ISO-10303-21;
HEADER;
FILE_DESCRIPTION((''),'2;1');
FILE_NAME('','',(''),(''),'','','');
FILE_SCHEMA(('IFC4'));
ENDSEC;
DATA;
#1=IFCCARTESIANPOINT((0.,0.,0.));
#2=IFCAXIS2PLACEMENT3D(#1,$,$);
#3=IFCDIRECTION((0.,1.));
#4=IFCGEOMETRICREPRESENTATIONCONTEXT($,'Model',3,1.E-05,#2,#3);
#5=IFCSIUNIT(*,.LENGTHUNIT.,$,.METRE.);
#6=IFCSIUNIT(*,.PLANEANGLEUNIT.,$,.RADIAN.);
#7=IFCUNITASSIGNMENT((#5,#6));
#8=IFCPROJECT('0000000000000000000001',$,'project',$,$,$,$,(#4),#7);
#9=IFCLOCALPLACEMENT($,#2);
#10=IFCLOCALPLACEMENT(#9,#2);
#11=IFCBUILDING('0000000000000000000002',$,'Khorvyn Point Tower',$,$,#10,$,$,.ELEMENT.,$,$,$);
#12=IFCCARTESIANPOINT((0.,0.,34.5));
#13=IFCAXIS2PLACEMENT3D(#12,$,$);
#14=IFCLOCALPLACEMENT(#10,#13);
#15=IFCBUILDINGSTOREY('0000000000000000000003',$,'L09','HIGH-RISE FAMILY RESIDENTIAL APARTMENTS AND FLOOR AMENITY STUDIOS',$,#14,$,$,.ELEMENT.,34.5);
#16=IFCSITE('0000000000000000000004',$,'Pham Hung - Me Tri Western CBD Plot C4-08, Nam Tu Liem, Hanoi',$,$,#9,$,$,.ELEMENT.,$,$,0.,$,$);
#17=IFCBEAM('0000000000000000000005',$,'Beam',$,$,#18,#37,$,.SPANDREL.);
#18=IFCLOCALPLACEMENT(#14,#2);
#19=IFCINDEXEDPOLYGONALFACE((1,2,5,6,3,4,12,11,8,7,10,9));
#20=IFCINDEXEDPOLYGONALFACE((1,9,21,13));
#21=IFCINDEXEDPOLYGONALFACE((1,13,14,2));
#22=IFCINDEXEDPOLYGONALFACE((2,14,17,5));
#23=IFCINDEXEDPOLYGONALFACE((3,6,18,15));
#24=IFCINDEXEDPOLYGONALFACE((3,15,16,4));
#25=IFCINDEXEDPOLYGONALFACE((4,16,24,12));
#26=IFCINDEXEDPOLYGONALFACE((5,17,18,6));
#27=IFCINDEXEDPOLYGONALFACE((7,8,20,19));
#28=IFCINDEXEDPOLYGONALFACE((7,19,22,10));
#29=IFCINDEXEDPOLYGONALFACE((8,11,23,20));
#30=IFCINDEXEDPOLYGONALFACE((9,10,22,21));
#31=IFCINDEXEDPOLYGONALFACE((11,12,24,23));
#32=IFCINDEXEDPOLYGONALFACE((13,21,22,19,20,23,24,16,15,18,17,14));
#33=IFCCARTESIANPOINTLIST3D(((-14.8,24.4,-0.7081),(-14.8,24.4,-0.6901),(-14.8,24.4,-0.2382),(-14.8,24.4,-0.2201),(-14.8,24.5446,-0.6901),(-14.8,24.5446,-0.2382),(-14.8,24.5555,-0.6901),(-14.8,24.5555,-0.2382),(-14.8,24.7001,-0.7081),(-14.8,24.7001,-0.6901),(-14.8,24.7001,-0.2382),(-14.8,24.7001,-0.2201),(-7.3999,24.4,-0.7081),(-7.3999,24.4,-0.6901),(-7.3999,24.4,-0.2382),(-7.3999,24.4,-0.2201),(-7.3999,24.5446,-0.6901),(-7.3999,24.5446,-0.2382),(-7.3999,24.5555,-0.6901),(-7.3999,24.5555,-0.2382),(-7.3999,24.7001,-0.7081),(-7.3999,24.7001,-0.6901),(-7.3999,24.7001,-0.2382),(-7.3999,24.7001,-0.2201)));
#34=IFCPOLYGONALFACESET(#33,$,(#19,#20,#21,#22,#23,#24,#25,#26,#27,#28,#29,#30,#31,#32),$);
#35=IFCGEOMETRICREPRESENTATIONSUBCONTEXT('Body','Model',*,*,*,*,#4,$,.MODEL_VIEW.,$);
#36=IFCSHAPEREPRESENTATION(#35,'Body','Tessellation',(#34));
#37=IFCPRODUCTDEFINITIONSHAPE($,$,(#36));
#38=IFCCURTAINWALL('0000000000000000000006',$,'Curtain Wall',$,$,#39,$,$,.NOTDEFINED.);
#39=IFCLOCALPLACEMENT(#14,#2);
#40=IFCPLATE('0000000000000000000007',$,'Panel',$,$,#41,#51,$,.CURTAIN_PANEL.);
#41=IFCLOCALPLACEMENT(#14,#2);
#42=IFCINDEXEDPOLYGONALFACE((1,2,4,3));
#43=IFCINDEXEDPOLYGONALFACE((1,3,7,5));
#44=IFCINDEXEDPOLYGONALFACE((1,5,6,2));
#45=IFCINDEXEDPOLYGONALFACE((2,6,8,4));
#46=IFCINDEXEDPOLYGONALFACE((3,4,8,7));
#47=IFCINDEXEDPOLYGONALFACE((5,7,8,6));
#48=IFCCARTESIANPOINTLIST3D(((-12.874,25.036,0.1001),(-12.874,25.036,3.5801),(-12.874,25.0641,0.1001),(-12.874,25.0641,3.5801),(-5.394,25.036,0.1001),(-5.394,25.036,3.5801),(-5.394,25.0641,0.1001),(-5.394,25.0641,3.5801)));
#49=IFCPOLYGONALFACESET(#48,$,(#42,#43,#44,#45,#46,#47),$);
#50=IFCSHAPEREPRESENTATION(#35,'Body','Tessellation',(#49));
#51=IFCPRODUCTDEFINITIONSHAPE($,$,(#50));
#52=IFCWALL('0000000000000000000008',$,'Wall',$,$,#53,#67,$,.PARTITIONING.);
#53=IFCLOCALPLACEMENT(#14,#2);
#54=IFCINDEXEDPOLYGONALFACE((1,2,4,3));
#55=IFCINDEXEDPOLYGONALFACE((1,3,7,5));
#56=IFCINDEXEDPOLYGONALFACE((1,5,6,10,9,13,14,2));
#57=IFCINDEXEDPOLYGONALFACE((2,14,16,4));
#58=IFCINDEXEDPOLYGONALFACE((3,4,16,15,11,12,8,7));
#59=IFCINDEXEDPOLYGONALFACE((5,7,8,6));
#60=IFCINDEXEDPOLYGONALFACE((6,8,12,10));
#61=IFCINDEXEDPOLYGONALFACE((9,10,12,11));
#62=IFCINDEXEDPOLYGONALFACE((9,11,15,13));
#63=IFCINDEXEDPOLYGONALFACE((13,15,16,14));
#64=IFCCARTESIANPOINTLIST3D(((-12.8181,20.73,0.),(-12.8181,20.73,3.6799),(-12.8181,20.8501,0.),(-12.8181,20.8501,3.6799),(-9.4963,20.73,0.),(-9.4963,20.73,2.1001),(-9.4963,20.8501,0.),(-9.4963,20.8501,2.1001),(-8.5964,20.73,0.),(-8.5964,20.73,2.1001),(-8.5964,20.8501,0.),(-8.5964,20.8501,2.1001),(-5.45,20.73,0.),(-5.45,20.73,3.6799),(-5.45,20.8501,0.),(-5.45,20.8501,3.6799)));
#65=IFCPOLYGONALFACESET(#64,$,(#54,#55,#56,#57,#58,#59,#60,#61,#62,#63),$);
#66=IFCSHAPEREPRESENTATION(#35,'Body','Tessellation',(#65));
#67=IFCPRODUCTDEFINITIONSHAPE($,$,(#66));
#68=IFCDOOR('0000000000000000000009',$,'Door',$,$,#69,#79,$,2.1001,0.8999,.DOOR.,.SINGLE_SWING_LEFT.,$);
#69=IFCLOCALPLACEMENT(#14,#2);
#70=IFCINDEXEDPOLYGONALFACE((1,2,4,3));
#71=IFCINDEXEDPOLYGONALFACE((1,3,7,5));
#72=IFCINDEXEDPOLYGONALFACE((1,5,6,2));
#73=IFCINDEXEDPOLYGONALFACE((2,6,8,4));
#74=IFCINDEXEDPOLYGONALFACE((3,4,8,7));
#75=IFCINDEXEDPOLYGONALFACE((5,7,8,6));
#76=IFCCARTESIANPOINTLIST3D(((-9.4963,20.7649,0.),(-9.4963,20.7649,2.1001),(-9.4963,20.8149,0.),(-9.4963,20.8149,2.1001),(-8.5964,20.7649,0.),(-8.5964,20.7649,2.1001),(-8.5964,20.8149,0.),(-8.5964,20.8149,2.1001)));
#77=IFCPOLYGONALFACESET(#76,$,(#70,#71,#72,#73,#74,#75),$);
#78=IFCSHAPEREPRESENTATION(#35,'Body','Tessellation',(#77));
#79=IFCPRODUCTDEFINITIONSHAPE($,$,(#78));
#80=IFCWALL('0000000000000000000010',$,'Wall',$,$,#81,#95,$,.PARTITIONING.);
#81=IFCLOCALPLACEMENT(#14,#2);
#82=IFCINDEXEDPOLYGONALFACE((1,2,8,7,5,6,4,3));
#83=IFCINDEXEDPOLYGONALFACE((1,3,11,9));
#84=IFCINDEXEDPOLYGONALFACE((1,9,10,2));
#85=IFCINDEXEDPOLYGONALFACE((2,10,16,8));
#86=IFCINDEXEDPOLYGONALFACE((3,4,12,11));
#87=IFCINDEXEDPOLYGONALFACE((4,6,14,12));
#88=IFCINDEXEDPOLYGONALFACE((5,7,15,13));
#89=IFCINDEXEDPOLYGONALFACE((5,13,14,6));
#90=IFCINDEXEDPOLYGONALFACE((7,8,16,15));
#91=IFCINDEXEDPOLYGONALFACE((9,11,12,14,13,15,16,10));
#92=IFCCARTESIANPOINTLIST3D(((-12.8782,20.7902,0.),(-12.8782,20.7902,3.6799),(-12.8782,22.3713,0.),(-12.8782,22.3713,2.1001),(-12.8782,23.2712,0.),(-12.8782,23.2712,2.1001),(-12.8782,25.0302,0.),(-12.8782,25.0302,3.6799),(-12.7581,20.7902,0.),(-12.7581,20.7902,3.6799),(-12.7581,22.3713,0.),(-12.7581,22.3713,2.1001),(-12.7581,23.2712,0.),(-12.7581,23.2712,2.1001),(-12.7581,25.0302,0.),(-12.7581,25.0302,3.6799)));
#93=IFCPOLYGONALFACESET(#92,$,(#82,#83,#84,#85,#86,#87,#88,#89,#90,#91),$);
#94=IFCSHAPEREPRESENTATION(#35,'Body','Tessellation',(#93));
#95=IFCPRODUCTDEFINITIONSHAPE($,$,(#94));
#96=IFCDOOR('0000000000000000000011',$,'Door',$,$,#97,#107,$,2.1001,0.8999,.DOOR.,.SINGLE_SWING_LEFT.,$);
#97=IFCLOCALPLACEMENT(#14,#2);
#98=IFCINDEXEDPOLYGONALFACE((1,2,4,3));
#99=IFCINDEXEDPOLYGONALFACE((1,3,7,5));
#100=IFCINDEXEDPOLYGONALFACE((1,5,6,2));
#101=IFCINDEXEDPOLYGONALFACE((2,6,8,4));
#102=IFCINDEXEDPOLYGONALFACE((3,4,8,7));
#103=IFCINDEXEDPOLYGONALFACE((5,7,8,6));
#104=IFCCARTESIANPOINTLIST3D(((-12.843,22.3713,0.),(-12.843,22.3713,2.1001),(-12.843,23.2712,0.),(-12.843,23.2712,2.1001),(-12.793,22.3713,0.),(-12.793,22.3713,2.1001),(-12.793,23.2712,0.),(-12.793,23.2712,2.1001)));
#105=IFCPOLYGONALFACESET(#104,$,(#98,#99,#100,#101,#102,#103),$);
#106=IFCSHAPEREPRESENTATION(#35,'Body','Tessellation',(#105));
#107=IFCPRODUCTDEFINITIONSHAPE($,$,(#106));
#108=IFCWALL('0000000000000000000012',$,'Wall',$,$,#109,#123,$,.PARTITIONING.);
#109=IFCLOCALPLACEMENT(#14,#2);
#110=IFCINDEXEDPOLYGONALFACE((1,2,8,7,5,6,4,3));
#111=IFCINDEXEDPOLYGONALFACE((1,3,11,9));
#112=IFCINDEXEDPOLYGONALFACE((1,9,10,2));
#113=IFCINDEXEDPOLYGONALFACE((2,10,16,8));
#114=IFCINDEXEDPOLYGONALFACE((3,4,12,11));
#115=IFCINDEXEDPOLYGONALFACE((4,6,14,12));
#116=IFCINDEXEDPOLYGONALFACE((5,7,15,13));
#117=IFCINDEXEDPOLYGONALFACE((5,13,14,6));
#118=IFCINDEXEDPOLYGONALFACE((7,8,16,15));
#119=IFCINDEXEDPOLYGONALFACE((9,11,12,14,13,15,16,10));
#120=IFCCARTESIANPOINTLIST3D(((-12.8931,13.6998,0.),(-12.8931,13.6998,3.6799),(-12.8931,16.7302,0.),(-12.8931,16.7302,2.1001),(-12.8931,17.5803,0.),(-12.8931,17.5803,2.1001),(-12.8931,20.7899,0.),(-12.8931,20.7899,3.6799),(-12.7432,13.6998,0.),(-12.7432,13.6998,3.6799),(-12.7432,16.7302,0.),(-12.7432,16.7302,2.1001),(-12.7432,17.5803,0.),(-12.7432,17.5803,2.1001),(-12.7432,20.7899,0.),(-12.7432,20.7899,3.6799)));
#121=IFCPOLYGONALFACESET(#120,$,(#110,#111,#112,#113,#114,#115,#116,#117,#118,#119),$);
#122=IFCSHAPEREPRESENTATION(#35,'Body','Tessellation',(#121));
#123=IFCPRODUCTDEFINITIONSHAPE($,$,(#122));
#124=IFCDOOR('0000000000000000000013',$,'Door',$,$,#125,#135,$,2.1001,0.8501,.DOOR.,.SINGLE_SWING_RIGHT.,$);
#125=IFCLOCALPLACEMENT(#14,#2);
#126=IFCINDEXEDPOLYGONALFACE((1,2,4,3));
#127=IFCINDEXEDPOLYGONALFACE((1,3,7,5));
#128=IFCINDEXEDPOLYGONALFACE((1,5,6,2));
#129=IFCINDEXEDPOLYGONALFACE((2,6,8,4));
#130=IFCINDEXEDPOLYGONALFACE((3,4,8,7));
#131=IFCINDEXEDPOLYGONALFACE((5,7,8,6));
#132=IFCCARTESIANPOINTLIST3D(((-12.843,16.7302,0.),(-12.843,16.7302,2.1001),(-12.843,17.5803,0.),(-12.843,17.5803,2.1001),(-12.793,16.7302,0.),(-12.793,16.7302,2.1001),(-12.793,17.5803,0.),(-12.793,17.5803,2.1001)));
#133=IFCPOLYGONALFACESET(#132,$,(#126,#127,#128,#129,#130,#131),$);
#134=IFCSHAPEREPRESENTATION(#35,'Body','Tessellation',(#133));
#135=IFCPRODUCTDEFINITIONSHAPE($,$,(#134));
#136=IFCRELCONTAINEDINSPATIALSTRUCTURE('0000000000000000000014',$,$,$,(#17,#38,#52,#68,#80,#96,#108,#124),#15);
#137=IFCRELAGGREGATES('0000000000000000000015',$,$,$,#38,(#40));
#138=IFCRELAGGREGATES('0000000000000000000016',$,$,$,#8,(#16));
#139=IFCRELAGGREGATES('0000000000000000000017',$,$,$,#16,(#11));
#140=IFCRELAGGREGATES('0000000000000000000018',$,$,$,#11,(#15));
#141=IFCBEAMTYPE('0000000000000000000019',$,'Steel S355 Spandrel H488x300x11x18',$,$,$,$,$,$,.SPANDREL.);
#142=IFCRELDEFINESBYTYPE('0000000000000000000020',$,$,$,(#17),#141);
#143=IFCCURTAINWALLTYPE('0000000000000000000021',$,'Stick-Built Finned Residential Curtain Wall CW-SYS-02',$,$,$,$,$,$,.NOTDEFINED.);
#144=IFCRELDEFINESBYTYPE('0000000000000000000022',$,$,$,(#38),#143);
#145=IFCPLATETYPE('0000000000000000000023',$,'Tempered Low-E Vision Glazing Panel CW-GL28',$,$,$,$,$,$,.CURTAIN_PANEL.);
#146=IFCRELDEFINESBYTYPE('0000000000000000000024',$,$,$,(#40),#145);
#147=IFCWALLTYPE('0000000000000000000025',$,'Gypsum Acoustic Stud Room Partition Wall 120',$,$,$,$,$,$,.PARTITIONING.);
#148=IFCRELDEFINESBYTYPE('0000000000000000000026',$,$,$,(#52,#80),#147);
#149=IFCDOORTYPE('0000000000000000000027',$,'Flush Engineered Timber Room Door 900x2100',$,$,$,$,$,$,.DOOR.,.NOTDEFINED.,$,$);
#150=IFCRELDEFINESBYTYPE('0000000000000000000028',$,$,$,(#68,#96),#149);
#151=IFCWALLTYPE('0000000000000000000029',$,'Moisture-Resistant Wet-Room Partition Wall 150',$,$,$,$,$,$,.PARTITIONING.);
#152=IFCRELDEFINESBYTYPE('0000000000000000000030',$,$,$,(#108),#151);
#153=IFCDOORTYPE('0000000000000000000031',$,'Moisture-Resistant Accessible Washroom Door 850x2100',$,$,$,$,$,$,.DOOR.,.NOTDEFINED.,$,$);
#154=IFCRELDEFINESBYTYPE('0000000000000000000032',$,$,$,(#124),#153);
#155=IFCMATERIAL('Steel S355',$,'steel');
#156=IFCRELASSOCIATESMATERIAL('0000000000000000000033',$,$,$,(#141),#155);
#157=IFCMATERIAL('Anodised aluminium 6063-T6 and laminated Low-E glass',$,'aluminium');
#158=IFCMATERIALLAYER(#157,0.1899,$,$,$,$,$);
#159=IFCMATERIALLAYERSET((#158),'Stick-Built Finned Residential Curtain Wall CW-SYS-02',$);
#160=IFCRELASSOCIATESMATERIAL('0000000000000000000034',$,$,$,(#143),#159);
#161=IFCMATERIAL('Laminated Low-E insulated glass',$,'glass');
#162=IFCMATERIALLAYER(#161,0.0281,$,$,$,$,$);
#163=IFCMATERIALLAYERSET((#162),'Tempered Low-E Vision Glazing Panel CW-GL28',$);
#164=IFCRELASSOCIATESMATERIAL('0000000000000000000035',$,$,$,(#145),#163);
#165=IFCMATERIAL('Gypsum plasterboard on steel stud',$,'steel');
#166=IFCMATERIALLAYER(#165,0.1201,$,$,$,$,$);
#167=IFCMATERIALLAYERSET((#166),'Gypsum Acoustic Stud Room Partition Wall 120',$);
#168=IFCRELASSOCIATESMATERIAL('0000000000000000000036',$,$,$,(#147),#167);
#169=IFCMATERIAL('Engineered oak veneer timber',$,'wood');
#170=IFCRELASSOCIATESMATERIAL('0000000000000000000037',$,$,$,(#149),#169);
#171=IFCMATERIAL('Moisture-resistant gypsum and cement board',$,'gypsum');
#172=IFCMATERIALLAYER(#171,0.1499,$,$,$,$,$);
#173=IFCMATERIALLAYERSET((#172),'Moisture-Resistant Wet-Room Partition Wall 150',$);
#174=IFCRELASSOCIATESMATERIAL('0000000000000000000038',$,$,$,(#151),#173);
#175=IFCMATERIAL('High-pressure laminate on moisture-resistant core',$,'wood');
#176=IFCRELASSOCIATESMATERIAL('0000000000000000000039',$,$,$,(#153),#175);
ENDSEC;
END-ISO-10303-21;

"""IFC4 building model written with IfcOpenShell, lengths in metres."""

from ifc_helpers import new_model, si_unit, direction, frame, frame_2d, origin, origin_2d, place, context, subcontext, project, spatial, rectangle, i_section, extrude, material, layer, layer_set, material_profile, profile_set, type_object, element, fill, aggregate, save


model = new_model("IFC4")

# Units and contexts
model_context = context("Model", 3, precision=1e-05, world=origin(), true_north=direction((0.0, 1.0)))
body_context = subcontext(model_context, "Body", "Model", "MODEL_VIEW")
ifc_project = project(units=[si_unit("LENGTHUNIT", "METRE"), si_unit("PLANEANGLEUNIT", "RADIAN")], contexts=[model_context])

# Site, building, storey
site_placement = place(None, origin())
site = spatial("IfcSite", under=ifc_project, at=site_placement, Name="Pham Hung - Me Tri Western CBD Plot C4-08, Nam Tu Liem, Hanoi", CompositionType="ELEMENT", RefElevation=0.0)
building_placement = place(site_placement, origin())
building = spatial("IfcBuilding", under=site, at=building_placement, Name="Khorvyn Point Tower", CompositionType="ELEMENT")
storey_placement = place(building_placement, frame((0.0, 0.0, 34.5)))
storey = spatial("IfcBuildingStorey", under=building, at=storey_placement, Name="L09", Description="HIGH-RISE FAMILY RESIDENTIAL APARTMENTS AND FLOOR AMENITY STUDIOS", CompositionType="ELEMENT", Elevation=34.5)

# Beam
ifc_material_1 = material(Name="Steel S355", Category="steel")
ifc_material_profile_1 = material_profile(ifc_material_1, i_section(OverallWidth=0.3, OverallDepth=0.488, WebThickness=0.011, FlangeThickness=0.0181, at=origin_2d()))
ifc_profile_set_1 = profile_set([ifc_material_profile_1], Name="Steel S355 H488x300x11x18")
beam_type_1 = type_object("IfcBeamType", Name="Steel S355 Spandrel H488x300x11x18", PredefinedType="SPANDREL", material=ifc_profile_set_1)
beam_1_placement = place(storey_placement, frame((-14.8, 24.55, -0.4641), z_axis=(1.0, 0.0, 0.0), x_axis=(0.0, 1.0, 0.0)))
element("IfcBeam", 1, at=beam_1_placement, inside=storey, type_object=beam_type_1, Name="Beam", PredefinedType="SPANDREL", context=body_context, shape_type="SweptSolid", body=[
    extrude(i_section(OverallWidth=0.3, OverallDepth=0.488, WebThickness=0.011, FlangeThickness=0.0181, at=origin_2d()), origin(), (0.0, 0.0, 1.0), 7.4001),
])

# Curtain wall, plate
ifc_material_2 = material(Name="Anodised aluminium 6063-T6 and laminated Low-E glass", Category="aluminium")
ifc_layer_1 = layer(ifc_material_2, 0.1899)
ifc_layer_set_1 = layer_set([ifc_layer_1], Name="Stick-Built Finned Residential Curtain Wall CW-SYS-02")
curtain_wall_type = type_object("IfcCurtainWallType", Name="Stick-Built Finned Residential Curtain Wall CW-SYS-02", PredefinedType="NOTDEFINED", material=ifc_layer_set_1)
curtain_wall_placement = place(storey_placement, origin())
curtain_wall = element("IfcCurtainWall", 2, at=curtain_wall_placement, inside=storey, type_object=curtain_wall_type, Name="Curtain Wall", PredefinedType="NOTDEFINED")
ifc_material_3 = material(Name="Laminated Low-E insulated glass", Category="glass")
ifc_layer_2 = layer(ifc_material_3, 0.0281)
ifc_layer_set_2 = layer_set([ifc_layer_2], Name="Tempered Low-E Vision Glazing Panel CW-GL28")
plate_type = type_object("IfcPlateType", Name="Tempered Low-E Vision Glazing Panel CW-GL28", PredefinedType="CURTAIN_PANEL", material=ifc_layer_set_2)
plate_placement = place(storey_placement, frame((-9.134, 25.05, 0.1001), z_axis=(0.0, 0.0, 1.0), x_axis=(1.0, 0.0, 0.0)))
plate = element("IfcPlate", 3, at=plate_placement, type_object=plate_type, Name="Panel", PredefinedType="CURTAIN_PANEL", context=body_context, shape_type="SweptSolid", body=[
    extrude(rectangle(XDim=7.48, YDim=0.0281, at=origin_2d()), origin(), (0.0, 0.0, 1.0), 3.48),
])
aggregate(curtain_wall, [plate])

# Walls, openings, doors
ifc_material_4 = material(Name="Gypsum plasterboard on steel stud", Category="steel")
ifc_layer_3 = layer(ifc_material_4, 0.1201)
ifc_layer_set_3 = layer_set([ifc_layer_3], Name="Gypsum Acoustic Stud Room Partition Wall 120")
wall_type_1 = type_object("IfcWallType", Name="Gypsum Acoustic Stud Room Partition Wall 120", PredefinedType="PARTITIONING", material=ifc_layer_set_3)
wall_1_placement = place(storey_placement, frame((-12.8181, 20.79, 0.0), z_axis=(0.0, 0.0, 1.0), x_axis=(1.0, 0.0, 0.0)))
wall_1 = element("IfcWall", 4, at=wall_1_placement, inside=storey, type_object=wall_type_1, Name="Wall", PredefinedType="PARTITIONING", context=body_context, shape_type="SweptSolid", body=[
    extrude(rectangle(XDim=7.3682, YDim=0.1201, at=frame_2d((3.6841, 0.0))), origin(), (0.0, 0.0, 1.0), 3.6799),
])
opening_1_placement = place(wall_1_placement, frame((3.3218, 0.0, 0.0)))
opening_1 = element("IfcOpeningElement", 5, at=opening_1_placement, cuts=wall_1, PredefinedType="OPENING", context=body_context, shape_type="SweptSolid", body=[
    extrude(rectangle(XDim=0.8999, YDim=2.1001, at=frame_2d((0.45, 1.05))), frame((0.0, 0.0701, 0.0), z_axis=(0.0, -1.0, 0.0), x_axis=(1.0, 0.0, 0.0)), (0.0, 0.0, 1.0), 0.1401),
])
ifc_material_5 = material(Name="Engineered oak veneer timber", Category="wood")
door_type_1 = type_object("IfcDoorType", Name="Flush Engineered Timber Room Door 900x2100", OperationType="NOTDEFINED", PredefinedType="DOOR", material=ifc_material_5)
door_1_placement = place(opening_1_placement, origin())
door_1 = element("IfcDoor", 6, at=door_1_placement, inside=storey, type_object=door_type_1, Name="Door", OperationType="SINGLE_SWING_LEFT", OverallHeight=2.1001, OverallWidth=0.8999, PredefinedType="DOOR", context=body_context, shape_type="SweptSolid", body=[
    extrude(rectangle(XDim=0.8999, YDim=2.1001, at=frame_2d((0.45, 1.05))), frame((0.0, 0.0249, 0.0), z_axis=(0.0, -1.0, 0.0), x_axis=(1.0, 0.0, 0.0)), (0.0, 0.0, 1.0), 0.05),
])
fill(opening_1, door_1)
wall_2_placement = place(storey_placement, frame((-12.8181, 20.79, 0.0), z_axis=(0.0, 0.0, 1.0), x_axis=(0.0, 1.0, 0.0)))
wall_2 = element("IfcWall", 7, at=wall_2_placement, inside=storey, type_object=wall_type_1, Name="Wall", PredefinedType="PARTITIONING", context=body_context, shape_type="SweptSolid", body=[
    extrude(rectangle(XDim=4.24, YDim=0.1201, at=frame_2d((2.1201, 0.0))), origin(), (0.0, 0.0, 1.0), 3.6799),
])
opening_2_placement = place(wall_2_placement, frame((1.5813, 0.0, 0.0)))
opening_2 = element("IfcOpeningElement", 8, at=opening_2_placement, cuts=wall_2, PredefinedType="OPENING", context=body_context, shape_type="SweptSolid", body=[
    extrude(rectangle(XDim=0.8999, YDim=2.1001, at=frame_2d((0.45, 1.05))), frame((0.0, 0.0701, 0.0), z_axis=(0.0, -1.0, 0.0), x_axis=(1.0, 0.0, 0.0)), (0.0, 0.0, 1.0), 0.1401),
])
door_2_placement = place(opening_2_placement, origin())
door_2 = element("IfcDoor", 9, at=door_2_placement, inside=storey, type_object=door_type_1, Name="Door", OperationType="SINGLE_SWING_LEFT", OverallHeight=2.1001, OverallWidth=0.8999, PredefinedType="DOOR", context=body_context, shape_type="SweptSolid", body=[
    extrude(rectangle(XDim=0.8999, YDim=2.1001, at=frame_2d((0.45, 1.05))), frame((0.0, 0.0249, 0.0), z_axis=(0.0, -1.0, 0.0), x_axis=(1.0, 0.0, 0.0)), (0.0, 0.0, 1.0), 0.05),
])
fill(opening_2, door_2)
ifc_material_6 = material(Name="Moisture-resistant gypsum and cement board", Category="gypsum")
ifc_layer_4 = layer(ifc_material_6, 0.1499)
ifc_layer_set_4 = layer_set([ifc_layer_4], Name="Moisture-Resistant Wet-Room Partition Wall 150")
wall_type_2 = type_object("IfcWallType", Name="Moisture-Resistant Wet-Room Partition Wall 150", PredefinedType="PARTITIONING", material=ifc_layer_set_4)
wall_3_placement = place(storey_placement, frame((-12.8181, 13.7, 0.0), z_axis=(0.0, 0.0, 1.0), x_axis=(0.0, 1.0, 0.0)))
wall_3 = element("IfcWall", 10, at=wall_3_placement, inside=storey, type_object=wall_type_2, Name="Wall", PredefinedType="PARTITIONING", context=body_context, shape_type="SweptSolid", body=[
    extrude(rectangle(XDim=7.0901, YDim=0.1499, at=frame_2d((3.5449, 0.0))), origin(), (0.0, 0.0, 1.0), 3.6799),
])
opening_3_placement = place(wall_3_placement, frame((3.0303, 0.0, 0.0)))
opening_3 = element("IfcOpeningElement", 11, at=opening_3_placement, cuts=wall_3, PredefinedType="OPENING", context=body_context, shape_type="SweptSolid", body=[
    extrude(rectangle(XDim=0.8501, YDim=2.1001, at=frame_2d((0.425, 1.05))), frame((0.0, 0.085, 0.0), z_axis=(0.0, -1.0, 0.0), x_axis=(1.0, 0.0, 0.0)), (0.0, 0.0, 1.0), 0.1699),
])
ifc_material_7 = material(Name="High-pressure laminate on moisture-resistant core", Category="wood")
door_type_2 = type_object("IfcDoorType", Name="Moisture-Resistant Accessible Washroom Door 850x2100", OperationType="NOTDEFINED", PredefinedType="DOOR", material=ifc_material_7)
door_3_placement = place(opening_3_placement, origin())
door_3 = element("IfcDoor", 12, at=door_3_placement, inside=storey, type_object=door_type_2, Name="Door", OperationType="SINGLE_SWING_RIGHT", OverallHeight=2.1001, OverallWidth=0.8501, PredefinedType="DOOR", context=body_context, shape_type="SweptSolid", body=[
    extrude(rectangle(XDim=0.8501, YDim=2.1001, at=frame_2d((0.425, 1.05))), frame((0.0, 0.0249, 0.0), z_axis=(0.0, -1.0, 0.0), x_axis=(1.0, 0.0, 0.0)), (0.0, 0.0, 1.0), 0.05),
])
fill(opening_3, door_3)

save(model, "model.ifc")
